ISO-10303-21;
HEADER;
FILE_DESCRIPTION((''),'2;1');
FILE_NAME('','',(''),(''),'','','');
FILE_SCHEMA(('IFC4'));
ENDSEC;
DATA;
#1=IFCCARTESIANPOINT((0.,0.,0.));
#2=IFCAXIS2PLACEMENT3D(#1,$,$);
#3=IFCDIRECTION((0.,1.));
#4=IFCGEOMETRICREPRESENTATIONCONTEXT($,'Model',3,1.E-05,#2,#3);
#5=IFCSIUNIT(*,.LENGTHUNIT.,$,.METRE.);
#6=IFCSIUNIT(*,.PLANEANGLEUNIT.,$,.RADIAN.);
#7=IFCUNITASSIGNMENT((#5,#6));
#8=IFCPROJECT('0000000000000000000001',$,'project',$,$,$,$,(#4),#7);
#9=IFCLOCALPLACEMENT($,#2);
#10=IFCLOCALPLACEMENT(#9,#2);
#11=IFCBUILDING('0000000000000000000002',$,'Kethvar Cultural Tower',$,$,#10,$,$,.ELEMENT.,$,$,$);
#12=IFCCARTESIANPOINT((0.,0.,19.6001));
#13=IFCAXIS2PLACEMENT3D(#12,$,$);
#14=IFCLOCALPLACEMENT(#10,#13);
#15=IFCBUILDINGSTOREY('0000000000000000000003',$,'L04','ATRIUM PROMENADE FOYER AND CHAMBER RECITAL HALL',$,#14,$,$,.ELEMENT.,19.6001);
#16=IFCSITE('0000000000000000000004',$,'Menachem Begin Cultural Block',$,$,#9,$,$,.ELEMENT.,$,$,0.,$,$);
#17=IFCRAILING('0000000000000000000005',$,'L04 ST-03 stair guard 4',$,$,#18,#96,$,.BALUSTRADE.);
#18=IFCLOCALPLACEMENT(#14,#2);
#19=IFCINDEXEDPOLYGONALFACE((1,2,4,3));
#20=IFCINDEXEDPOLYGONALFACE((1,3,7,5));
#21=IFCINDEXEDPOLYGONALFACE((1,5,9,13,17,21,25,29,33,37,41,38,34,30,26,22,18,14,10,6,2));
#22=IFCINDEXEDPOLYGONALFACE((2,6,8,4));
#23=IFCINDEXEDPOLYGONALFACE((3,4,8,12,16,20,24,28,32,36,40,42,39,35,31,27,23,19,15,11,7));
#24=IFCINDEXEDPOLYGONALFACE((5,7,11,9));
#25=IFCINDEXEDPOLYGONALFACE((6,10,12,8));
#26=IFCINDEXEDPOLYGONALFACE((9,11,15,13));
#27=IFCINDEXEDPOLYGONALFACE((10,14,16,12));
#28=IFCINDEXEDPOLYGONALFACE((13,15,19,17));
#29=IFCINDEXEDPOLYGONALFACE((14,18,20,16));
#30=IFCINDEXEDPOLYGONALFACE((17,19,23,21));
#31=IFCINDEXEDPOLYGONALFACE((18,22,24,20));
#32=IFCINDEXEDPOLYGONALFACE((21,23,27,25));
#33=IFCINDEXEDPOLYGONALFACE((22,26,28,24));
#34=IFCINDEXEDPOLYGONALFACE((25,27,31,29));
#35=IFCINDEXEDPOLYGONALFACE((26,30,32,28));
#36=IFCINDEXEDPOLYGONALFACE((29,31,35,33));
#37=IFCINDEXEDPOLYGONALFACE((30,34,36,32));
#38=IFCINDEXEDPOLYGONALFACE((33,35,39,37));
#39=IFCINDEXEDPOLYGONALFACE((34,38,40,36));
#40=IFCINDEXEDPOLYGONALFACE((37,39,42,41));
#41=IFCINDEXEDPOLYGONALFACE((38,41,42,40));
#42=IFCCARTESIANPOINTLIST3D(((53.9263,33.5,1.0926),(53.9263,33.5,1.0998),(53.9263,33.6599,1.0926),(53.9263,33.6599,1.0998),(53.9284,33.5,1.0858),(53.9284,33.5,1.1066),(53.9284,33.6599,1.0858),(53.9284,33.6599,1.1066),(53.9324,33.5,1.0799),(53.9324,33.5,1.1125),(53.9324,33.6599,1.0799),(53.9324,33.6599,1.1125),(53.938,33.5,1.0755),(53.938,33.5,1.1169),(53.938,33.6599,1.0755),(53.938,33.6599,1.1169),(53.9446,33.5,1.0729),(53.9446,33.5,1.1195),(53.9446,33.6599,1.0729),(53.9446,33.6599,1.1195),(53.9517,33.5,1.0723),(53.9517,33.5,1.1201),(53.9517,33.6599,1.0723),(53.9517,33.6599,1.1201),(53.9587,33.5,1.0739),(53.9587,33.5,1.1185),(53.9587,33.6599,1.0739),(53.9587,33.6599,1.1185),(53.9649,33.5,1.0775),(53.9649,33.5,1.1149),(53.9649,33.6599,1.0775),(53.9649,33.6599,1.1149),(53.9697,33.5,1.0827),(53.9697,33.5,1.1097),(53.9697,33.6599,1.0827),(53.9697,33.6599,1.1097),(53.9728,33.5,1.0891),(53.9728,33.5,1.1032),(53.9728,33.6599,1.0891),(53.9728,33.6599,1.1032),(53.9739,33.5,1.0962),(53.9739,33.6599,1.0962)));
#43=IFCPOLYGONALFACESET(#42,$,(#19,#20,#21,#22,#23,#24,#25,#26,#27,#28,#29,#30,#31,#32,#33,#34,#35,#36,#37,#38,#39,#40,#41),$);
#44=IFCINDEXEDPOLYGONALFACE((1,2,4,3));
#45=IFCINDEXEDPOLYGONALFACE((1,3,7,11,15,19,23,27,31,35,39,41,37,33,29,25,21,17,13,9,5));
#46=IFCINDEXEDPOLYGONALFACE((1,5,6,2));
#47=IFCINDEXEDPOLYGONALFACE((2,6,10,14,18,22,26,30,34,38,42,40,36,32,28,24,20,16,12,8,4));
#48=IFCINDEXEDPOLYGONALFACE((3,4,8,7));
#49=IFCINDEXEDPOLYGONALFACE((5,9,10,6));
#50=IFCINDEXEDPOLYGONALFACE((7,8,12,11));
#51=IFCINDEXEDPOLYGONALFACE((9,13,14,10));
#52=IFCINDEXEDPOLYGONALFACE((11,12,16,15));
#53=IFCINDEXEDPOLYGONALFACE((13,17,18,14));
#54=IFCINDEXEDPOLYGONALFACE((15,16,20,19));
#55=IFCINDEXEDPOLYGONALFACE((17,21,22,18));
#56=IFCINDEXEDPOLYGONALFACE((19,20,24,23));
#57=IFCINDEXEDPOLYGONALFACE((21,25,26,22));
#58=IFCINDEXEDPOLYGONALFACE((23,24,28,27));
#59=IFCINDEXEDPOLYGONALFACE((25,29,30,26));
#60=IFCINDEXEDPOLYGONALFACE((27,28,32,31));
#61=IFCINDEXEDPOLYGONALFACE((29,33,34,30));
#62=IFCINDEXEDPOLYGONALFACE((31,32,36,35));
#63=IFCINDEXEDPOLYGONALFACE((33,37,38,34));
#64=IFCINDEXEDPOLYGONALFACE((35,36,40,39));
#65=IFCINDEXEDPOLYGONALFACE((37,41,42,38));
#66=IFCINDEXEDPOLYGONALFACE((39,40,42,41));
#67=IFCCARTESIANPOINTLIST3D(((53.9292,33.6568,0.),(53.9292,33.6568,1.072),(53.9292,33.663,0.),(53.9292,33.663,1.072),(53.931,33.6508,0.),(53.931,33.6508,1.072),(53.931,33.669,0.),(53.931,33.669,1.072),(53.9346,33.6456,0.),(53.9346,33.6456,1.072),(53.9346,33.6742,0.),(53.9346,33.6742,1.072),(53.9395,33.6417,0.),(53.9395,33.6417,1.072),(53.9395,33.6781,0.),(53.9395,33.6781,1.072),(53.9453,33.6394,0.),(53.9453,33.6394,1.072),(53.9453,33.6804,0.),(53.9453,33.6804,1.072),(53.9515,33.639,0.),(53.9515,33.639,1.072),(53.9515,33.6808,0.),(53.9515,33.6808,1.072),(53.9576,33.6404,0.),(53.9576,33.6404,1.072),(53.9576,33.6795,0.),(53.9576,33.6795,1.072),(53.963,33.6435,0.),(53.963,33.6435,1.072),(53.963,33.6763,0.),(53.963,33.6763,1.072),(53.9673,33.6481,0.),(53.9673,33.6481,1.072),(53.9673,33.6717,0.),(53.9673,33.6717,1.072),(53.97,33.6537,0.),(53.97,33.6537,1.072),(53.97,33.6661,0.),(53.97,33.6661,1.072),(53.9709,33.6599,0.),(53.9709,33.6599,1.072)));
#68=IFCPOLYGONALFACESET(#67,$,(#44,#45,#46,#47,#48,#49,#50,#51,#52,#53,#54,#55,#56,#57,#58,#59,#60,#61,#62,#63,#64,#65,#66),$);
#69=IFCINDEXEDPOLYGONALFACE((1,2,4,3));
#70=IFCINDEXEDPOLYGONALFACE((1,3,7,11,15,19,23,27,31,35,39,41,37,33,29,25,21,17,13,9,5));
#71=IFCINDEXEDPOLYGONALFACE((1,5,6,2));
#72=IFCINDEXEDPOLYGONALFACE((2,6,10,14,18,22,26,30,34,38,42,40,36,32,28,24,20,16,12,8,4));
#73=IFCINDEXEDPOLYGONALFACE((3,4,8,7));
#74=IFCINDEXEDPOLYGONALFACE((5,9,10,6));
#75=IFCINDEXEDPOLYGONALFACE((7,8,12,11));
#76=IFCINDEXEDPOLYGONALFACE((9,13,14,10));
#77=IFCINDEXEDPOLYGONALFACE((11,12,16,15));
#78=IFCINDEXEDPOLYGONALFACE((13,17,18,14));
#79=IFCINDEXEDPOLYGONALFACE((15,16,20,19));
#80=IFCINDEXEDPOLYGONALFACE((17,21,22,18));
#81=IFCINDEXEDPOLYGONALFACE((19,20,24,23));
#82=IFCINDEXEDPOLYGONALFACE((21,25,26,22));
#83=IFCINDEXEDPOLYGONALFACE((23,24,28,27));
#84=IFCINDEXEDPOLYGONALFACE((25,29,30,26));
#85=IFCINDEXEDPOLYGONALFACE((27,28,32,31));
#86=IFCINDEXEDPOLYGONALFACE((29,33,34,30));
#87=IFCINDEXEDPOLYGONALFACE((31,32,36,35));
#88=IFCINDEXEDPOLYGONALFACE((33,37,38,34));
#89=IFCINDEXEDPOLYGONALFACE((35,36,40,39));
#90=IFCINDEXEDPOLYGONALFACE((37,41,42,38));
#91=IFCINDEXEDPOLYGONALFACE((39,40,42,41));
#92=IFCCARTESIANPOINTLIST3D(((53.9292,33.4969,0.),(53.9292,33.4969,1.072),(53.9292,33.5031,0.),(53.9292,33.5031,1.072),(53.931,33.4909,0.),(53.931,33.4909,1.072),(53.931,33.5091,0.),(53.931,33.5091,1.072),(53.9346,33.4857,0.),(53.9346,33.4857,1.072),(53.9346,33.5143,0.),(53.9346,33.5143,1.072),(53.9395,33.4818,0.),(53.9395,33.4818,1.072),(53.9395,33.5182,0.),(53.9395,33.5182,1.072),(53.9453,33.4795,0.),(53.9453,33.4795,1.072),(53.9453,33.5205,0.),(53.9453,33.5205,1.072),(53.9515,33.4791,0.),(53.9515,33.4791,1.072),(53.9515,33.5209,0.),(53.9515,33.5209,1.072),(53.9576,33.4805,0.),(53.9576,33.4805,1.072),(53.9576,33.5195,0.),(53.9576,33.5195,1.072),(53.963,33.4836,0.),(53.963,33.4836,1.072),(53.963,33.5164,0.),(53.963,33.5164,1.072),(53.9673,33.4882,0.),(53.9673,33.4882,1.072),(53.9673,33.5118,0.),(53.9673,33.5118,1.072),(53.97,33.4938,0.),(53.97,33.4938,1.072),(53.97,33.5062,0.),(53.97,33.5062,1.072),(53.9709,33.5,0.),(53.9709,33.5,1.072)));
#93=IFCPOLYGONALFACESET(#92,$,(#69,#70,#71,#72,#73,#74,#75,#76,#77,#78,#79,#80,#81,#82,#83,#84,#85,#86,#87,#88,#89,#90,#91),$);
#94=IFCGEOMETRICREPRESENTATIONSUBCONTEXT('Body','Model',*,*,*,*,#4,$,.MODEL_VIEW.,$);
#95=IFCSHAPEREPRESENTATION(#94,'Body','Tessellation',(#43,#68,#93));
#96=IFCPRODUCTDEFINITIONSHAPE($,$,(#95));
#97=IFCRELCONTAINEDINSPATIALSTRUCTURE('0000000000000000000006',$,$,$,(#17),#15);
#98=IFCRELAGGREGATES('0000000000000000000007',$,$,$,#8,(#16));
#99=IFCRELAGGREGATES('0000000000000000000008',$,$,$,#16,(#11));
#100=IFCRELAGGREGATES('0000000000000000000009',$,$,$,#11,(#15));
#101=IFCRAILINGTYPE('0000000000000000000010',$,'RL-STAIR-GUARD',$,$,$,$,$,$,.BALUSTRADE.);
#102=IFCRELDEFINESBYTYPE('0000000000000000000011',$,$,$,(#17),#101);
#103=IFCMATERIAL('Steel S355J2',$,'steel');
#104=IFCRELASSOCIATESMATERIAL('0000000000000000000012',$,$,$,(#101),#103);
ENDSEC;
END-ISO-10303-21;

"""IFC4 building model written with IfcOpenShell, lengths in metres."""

from ifc_helpers import new_model, si_unit, direction, frame, origin, origin_2d, place, context, subcontext, project, spatial, circle, extrude, material, type_object, element, save


model = new_model("IFC4")

# Units and contexts
model_context = context("Model", 3, precision=1e-05, world=origin(), true_north=direction((0.0, 1.0)))
body_context = subcontext(model_context, "Body", "Model", "MODEL_VIEW")
ifc_project = project(units=[si_unit("LENGTHUNIT", "METRE"), si_unit("PLANEANGLEUNIT", "RADIAN")], contexts=[model_context])

# Site, building, storey
site_placement = place(None, origin())
site = spatial("IfcSite", under=ifc_project, at=site_placement, Name="Menachem Begin Cultural Block", CompositionType="ELEMENT", RefElevation=0.0)
building_placement = place(site_placement, origin())
building = spatial("IfcBuilding", under=site, at=building_placement, Name="Kethvar Cultural Tower", CompositionType="ELEMENT")
storey_placement = place(building_placement, frame((0.0, 0.0, 19.6001)))
storey = spatial("IfcBuildingStorey", under=building, at=storey_placement, Name="L04", Description="ATRIUM PROMENADE FOYER AND CHAMBER RECITAL HALL", CompositionType="ELEMENT", Elevation=19.6001)

# Shared definitions
ifc_material_1 = material(Name="Steel S355J2", Category="steel")

# Railing
railing_type_1 = type_object("IfcRailingType", Name="RL-STAIR-GUARD", PredefinedType="BALUSTRADE", material=ifc_material_1)
railing_1_placement = place(storey_placement, frame((53.95, 33.6599, 0.0)))
element("IfcRailing", 1, at=railing_1_placement, inside=storey, type_object=railing_type_1, Name="L04 ST-03 stair guard 4", PredefinedType="BALUSTRADE", context=body_context, shape_type="SweptSolid", body=[
    extrude(circle(Radius=0.0239, at=origin_2d()), frame((0.0, 0.0, 1.0962), z_axis=(0.0, -1.0, 0.0), x_axis=(1.0, 0.0, 0.0)), (0.0, 0.0, 1.0), 0.1599),
    extrude(circle(Radius=0.021, at=origin_2d()), origin(), (0.0, 0.0, 1.0), 1.072),
    extrude(circle(Radius=0.021, at=origin_2d()), frame((0.0, -0.1599, 0.0)), (0.0, 0.0, 1.0), 1.072),
])

save(model, "model.ifc")
